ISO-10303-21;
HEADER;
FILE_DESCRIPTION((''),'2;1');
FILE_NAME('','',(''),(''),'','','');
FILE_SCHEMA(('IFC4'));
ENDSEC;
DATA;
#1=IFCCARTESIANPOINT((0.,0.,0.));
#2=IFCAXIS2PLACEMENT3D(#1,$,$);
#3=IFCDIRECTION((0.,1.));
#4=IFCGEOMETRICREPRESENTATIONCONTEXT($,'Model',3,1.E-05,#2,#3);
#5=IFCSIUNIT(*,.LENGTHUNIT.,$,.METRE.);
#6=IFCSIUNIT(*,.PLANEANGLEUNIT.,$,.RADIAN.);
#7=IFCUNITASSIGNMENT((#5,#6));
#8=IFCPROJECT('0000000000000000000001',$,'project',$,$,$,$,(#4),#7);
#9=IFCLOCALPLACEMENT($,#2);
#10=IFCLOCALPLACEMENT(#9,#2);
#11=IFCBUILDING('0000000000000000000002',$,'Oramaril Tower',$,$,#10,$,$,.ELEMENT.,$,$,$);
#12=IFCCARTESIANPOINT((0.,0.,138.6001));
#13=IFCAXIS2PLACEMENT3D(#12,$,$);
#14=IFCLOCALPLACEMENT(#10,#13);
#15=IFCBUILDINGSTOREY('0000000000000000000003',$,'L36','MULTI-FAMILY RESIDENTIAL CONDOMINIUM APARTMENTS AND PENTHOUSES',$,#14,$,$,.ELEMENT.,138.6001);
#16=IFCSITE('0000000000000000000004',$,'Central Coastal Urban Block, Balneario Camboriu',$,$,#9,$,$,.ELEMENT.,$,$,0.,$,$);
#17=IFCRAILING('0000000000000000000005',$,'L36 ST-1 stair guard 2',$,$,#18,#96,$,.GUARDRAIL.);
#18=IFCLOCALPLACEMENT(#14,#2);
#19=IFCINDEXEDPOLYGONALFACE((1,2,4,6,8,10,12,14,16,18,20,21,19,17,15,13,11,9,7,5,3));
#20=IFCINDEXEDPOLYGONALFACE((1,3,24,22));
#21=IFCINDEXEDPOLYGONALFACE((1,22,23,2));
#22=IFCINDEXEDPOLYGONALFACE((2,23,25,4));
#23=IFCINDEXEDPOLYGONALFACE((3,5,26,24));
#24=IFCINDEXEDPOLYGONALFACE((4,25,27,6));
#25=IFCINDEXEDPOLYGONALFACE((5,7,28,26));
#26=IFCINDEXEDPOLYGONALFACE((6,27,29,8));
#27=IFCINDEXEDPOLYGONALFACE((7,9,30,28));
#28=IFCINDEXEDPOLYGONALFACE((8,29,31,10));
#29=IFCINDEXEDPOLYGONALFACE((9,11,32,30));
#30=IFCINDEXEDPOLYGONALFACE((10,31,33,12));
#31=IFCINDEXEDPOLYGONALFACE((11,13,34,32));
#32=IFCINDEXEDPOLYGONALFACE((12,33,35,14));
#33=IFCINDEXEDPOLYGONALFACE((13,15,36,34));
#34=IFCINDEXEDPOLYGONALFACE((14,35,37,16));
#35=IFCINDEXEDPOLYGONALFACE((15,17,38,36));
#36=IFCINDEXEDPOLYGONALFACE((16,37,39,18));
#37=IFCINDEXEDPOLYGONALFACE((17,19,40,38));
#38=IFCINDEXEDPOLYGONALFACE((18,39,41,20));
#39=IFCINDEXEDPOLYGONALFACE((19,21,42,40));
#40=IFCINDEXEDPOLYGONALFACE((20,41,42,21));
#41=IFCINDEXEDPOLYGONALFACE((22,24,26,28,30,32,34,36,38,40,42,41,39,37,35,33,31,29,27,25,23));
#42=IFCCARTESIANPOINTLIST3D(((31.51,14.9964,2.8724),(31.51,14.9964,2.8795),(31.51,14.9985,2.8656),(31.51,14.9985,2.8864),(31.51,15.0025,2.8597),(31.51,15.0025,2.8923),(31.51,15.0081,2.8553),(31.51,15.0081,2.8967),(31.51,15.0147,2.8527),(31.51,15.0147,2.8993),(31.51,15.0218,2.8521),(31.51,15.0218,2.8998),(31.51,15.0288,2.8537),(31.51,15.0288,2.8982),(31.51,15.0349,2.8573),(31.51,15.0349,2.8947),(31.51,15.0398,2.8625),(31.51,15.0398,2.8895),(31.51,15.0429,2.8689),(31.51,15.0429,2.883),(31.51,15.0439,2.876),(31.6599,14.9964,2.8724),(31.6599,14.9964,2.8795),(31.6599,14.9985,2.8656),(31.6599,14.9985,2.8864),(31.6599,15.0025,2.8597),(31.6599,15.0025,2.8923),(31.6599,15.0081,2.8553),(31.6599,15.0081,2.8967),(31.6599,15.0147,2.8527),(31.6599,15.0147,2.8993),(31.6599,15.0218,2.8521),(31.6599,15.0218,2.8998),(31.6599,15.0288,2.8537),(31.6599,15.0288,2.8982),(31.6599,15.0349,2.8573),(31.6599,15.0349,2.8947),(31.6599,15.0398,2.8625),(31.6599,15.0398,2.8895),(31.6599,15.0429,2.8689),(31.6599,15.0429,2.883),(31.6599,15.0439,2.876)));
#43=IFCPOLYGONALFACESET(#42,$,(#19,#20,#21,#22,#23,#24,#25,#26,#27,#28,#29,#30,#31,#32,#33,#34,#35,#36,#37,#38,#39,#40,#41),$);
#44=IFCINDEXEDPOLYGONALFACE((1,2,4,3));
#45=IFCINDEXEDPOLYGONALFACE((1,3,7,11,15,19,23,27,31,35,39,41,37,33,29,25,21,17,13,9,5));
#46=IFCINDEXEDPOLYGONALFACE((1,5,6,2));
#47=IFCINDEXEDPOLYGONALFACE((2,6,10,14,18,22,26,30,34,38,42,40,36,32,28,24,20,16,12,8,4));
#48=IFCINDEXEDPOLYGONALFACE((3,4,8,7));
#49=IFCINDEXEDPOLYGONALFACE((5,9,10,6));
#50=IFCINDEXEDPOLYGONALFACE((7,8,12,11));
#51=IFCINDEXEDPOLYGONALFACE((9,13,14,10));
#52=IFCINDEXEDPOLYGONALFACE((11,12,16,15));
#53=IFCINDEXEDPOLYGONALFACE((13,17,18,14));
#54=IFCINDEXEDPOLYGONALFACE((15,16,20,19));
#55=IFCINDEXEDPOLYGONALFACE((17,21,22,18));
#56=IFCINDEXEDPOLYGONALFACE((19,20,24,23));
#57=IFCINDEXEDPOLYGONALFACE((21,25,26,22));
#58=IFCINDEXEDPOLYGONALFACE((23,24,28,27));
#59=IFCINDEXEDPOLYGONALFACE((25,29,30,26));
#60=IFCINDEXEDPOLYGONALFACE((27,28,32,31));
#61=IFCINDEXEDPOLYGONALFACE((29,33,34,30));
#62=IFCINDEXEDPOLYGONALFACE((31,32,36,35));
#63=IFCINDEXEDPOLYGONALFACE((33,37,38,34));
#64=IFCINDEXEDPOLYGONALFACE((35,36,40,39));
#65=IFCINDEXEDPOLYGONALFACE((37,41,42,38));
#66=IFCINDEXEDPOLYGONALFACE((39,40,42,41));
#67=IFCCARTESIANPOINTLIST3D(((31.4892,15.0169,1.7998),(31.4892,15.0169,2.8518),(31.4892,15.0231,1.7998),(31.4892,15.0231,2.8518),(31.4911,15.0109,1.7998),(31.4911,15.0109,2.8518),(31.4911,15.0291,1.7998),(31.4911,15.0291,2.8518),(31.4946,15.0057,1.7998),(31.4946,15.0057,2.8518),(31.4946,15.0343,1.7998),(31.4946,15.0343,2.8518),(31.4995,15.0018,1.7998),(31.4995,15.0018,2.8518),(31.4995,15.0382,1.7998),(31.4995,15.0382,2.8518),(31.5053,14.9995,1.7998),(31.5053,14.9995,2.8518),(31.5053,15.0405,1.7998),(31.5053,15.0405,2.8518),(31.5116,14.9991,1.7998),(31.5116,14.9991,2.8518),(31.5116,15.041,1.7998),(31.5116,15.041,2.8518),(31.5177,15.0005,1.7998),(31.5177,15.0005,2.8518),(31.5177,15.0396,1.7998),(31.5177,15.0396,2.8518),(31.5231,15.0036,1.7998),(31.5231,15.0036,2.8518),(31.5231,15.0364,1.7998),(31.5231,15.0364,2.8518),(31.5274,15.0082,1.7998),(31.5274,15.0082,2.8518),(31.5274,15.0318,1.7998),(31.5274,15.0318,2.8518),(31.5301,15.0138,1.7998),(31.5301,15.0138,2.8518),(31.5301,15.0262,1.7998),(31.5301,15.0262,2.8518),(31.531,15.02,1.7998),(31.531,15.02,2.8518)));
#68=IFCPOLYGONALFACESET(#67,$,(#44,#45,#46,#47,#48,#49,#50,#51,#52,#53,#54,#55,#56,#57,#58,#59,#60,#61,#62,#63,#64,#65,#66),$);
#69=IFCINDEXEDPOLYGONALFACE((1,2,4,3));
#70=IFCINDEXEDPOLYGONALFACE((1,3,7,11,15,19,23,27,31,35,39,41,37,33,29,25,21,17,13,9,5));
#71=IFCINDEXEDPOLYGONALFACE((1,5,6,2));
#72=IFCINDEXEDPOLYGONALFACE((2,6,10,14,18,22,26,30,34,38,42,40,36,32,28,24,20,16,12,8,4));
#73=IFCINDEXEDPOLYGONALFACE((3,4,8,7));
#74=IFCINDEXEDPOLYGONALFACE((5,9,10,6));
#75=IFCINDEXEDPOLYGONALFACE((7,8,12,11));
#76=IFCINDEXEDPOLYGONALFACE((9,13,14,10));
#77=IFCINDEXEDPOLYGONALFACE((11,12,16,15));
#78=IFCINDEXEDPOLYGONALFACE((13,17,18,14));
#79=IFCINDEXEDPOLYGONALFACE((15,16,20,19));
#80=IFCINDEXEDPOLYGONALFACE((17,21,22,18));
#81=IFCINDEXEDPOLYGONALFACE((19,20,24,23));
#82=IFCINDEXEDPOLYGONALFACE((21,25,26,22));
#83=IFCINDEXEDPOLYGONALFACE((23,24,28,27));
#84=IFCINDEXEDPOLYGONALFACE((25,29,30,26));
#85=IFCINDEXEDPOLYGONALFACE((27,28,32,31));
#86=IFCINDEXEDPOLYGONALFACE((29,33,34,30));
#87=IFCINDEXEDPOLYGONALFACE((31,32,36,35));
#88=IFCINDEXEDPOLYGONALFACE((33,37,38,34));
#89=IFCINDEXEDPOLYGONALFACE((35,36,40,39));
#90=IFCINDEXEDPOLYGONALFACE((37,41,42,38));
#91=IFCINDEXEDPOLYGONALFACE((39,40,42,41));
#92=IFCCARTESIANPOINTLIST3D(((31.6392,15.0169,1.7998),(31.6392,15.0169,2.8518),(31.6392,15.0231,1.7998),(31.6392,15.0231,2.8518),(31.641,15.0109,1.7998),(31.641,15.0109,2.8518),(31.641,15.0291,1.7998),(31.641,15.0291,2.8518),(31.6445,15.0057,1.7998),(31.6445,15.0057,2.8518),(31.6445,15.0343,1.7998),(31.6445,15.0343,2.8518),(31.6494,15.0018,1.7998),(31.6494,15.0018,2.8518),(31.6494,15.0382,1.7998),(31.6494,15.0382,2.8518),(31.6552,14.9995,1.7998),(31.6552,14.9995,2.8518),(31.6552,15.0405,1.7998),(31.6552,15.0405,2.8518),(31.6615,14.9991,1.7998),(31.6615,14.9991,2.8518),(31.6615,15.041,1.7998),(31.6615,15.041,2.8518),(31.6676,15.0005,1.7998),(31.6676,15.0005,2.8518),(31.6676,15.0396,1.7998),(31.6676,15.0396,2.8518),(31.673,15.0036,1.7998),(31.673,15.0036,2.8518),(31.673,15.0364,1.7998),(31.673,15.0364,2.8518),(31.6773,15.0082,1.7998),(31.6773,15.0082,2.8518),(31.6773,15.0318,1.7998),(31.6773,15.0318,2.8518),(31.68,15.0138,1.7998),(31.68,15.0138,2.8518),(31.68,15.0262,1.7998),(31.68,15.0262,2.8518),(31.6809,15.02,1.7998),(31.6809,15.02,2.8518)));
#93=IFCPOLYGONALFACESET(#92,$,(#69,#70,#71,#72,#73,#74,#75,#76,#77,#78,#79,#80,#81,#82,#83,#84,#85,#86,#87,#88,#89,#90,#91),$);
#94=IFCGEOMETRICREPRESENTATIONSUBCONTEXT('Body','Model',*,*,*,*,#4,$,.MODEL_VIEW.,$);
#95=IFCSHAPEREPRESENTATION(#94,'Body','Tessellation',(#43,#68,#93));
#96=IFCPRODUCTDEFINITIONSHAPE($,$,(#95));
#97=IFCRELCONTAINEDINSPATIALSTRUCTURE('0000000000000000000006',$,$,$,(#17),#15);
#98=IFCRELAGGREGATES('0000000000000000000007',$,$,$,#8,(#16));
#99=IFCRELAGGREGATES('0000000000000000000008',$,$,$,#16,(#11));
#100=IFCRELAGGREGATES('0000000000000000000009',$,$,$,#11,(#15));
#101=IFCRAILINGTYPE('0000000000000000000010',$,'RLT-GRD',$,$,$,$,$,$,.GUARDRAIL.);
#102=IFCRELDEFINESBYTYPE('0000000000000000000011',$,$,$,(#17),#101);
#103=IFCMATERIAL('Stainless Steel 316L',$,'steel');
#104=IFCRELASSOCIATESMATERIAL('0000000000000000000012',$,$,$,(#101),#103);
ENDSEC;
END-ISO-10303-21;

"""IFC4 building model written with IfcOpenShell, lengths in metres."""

from ifc_helpers import new_model, si_unit, direction, frame, origin, origin_2d, place, context, subcontext, project, spatial, circle, extrude, material, type_object, element, save


model = new_model("IFC4")

# Units and contexts
model_context = context("Model", 3, precision=1e-05, world=origin(), true_north=direction((0.0, 1.0)))
body_context = subcontext(model_context, "Body", "Model", "MODEL_VIEW")
ifc_project = project(units=[si_unit("LENGTHUNIT", "METRE"), si_unit("PLANEANGLEUNIT", "RADIAN")], contexts=[model_context])

# Site, building, storey
site_placement = place(None, origin())
site = spatial("IfcSite", under=ifc_project, at=site_placement, Name="Central Coastal Urban Block, Balneario Camboriu", CompositionType="ELEMENT", RefElevation=0.0)
building_placement = place(site_placement, origin())
building = spatial("IfcBuilding", under=site, at=building_placement, Name="Oramaril Tower", CompositionType="ELEMENT")
storey_placement = place(building_placement, frame((0.0, 0.0, 138.6001)))
storey = spatial("IfcBuildingStorey", under=building, at=storey_placement, Name="L36", Description="MULTI-FAMILY RESIDENTIAL CONDOMINIUM APARTMENTS AND PENTHOUSES", CompositionType="ELEMENT", Elevation=138.6001)

# Railing
ifc_material_1 = material(Name="Stainless Steel 316L", Category="steel")
railing_type_1 = type_object("IfcRailingType", Name="RLT-GRD", PredefinedType="GUARDRAIL", material=ifc_material_1)
railing_1_placement = place(storey_placement, frame((31.51, 15.02, 1.7998)))
element("IfcRailing", 1, at=railing_1_placement, inside=storey, type_object=railing_type_1, Name="L36 ST-1 stair guard 2", PredefinedType="GUARDRAIL", context=body_context, shape_type="SweptSolid", body=[
    extrude(circle(Radius=0.0239, at=origin_2d()), frame((0.0, 0.0, 1.0762), z_axis=(1.0, 0.0, 0.0), x_axis=(0.0, 1.0, 0.0)), (0.0, 0.0, 1.0), 0.1499),
    extrude(circle(Radius=0.021, at=origin_2d()), origin(), (0.0, 0.0, 1.0), 1.052),
    extrude(circle(Radius=0.021, at=origin_2d()), frame((0.1499, 0.0, 0.0)), (0.0, 0.0, 1.0), 1.052),
])

save(model, "model.ifc")
